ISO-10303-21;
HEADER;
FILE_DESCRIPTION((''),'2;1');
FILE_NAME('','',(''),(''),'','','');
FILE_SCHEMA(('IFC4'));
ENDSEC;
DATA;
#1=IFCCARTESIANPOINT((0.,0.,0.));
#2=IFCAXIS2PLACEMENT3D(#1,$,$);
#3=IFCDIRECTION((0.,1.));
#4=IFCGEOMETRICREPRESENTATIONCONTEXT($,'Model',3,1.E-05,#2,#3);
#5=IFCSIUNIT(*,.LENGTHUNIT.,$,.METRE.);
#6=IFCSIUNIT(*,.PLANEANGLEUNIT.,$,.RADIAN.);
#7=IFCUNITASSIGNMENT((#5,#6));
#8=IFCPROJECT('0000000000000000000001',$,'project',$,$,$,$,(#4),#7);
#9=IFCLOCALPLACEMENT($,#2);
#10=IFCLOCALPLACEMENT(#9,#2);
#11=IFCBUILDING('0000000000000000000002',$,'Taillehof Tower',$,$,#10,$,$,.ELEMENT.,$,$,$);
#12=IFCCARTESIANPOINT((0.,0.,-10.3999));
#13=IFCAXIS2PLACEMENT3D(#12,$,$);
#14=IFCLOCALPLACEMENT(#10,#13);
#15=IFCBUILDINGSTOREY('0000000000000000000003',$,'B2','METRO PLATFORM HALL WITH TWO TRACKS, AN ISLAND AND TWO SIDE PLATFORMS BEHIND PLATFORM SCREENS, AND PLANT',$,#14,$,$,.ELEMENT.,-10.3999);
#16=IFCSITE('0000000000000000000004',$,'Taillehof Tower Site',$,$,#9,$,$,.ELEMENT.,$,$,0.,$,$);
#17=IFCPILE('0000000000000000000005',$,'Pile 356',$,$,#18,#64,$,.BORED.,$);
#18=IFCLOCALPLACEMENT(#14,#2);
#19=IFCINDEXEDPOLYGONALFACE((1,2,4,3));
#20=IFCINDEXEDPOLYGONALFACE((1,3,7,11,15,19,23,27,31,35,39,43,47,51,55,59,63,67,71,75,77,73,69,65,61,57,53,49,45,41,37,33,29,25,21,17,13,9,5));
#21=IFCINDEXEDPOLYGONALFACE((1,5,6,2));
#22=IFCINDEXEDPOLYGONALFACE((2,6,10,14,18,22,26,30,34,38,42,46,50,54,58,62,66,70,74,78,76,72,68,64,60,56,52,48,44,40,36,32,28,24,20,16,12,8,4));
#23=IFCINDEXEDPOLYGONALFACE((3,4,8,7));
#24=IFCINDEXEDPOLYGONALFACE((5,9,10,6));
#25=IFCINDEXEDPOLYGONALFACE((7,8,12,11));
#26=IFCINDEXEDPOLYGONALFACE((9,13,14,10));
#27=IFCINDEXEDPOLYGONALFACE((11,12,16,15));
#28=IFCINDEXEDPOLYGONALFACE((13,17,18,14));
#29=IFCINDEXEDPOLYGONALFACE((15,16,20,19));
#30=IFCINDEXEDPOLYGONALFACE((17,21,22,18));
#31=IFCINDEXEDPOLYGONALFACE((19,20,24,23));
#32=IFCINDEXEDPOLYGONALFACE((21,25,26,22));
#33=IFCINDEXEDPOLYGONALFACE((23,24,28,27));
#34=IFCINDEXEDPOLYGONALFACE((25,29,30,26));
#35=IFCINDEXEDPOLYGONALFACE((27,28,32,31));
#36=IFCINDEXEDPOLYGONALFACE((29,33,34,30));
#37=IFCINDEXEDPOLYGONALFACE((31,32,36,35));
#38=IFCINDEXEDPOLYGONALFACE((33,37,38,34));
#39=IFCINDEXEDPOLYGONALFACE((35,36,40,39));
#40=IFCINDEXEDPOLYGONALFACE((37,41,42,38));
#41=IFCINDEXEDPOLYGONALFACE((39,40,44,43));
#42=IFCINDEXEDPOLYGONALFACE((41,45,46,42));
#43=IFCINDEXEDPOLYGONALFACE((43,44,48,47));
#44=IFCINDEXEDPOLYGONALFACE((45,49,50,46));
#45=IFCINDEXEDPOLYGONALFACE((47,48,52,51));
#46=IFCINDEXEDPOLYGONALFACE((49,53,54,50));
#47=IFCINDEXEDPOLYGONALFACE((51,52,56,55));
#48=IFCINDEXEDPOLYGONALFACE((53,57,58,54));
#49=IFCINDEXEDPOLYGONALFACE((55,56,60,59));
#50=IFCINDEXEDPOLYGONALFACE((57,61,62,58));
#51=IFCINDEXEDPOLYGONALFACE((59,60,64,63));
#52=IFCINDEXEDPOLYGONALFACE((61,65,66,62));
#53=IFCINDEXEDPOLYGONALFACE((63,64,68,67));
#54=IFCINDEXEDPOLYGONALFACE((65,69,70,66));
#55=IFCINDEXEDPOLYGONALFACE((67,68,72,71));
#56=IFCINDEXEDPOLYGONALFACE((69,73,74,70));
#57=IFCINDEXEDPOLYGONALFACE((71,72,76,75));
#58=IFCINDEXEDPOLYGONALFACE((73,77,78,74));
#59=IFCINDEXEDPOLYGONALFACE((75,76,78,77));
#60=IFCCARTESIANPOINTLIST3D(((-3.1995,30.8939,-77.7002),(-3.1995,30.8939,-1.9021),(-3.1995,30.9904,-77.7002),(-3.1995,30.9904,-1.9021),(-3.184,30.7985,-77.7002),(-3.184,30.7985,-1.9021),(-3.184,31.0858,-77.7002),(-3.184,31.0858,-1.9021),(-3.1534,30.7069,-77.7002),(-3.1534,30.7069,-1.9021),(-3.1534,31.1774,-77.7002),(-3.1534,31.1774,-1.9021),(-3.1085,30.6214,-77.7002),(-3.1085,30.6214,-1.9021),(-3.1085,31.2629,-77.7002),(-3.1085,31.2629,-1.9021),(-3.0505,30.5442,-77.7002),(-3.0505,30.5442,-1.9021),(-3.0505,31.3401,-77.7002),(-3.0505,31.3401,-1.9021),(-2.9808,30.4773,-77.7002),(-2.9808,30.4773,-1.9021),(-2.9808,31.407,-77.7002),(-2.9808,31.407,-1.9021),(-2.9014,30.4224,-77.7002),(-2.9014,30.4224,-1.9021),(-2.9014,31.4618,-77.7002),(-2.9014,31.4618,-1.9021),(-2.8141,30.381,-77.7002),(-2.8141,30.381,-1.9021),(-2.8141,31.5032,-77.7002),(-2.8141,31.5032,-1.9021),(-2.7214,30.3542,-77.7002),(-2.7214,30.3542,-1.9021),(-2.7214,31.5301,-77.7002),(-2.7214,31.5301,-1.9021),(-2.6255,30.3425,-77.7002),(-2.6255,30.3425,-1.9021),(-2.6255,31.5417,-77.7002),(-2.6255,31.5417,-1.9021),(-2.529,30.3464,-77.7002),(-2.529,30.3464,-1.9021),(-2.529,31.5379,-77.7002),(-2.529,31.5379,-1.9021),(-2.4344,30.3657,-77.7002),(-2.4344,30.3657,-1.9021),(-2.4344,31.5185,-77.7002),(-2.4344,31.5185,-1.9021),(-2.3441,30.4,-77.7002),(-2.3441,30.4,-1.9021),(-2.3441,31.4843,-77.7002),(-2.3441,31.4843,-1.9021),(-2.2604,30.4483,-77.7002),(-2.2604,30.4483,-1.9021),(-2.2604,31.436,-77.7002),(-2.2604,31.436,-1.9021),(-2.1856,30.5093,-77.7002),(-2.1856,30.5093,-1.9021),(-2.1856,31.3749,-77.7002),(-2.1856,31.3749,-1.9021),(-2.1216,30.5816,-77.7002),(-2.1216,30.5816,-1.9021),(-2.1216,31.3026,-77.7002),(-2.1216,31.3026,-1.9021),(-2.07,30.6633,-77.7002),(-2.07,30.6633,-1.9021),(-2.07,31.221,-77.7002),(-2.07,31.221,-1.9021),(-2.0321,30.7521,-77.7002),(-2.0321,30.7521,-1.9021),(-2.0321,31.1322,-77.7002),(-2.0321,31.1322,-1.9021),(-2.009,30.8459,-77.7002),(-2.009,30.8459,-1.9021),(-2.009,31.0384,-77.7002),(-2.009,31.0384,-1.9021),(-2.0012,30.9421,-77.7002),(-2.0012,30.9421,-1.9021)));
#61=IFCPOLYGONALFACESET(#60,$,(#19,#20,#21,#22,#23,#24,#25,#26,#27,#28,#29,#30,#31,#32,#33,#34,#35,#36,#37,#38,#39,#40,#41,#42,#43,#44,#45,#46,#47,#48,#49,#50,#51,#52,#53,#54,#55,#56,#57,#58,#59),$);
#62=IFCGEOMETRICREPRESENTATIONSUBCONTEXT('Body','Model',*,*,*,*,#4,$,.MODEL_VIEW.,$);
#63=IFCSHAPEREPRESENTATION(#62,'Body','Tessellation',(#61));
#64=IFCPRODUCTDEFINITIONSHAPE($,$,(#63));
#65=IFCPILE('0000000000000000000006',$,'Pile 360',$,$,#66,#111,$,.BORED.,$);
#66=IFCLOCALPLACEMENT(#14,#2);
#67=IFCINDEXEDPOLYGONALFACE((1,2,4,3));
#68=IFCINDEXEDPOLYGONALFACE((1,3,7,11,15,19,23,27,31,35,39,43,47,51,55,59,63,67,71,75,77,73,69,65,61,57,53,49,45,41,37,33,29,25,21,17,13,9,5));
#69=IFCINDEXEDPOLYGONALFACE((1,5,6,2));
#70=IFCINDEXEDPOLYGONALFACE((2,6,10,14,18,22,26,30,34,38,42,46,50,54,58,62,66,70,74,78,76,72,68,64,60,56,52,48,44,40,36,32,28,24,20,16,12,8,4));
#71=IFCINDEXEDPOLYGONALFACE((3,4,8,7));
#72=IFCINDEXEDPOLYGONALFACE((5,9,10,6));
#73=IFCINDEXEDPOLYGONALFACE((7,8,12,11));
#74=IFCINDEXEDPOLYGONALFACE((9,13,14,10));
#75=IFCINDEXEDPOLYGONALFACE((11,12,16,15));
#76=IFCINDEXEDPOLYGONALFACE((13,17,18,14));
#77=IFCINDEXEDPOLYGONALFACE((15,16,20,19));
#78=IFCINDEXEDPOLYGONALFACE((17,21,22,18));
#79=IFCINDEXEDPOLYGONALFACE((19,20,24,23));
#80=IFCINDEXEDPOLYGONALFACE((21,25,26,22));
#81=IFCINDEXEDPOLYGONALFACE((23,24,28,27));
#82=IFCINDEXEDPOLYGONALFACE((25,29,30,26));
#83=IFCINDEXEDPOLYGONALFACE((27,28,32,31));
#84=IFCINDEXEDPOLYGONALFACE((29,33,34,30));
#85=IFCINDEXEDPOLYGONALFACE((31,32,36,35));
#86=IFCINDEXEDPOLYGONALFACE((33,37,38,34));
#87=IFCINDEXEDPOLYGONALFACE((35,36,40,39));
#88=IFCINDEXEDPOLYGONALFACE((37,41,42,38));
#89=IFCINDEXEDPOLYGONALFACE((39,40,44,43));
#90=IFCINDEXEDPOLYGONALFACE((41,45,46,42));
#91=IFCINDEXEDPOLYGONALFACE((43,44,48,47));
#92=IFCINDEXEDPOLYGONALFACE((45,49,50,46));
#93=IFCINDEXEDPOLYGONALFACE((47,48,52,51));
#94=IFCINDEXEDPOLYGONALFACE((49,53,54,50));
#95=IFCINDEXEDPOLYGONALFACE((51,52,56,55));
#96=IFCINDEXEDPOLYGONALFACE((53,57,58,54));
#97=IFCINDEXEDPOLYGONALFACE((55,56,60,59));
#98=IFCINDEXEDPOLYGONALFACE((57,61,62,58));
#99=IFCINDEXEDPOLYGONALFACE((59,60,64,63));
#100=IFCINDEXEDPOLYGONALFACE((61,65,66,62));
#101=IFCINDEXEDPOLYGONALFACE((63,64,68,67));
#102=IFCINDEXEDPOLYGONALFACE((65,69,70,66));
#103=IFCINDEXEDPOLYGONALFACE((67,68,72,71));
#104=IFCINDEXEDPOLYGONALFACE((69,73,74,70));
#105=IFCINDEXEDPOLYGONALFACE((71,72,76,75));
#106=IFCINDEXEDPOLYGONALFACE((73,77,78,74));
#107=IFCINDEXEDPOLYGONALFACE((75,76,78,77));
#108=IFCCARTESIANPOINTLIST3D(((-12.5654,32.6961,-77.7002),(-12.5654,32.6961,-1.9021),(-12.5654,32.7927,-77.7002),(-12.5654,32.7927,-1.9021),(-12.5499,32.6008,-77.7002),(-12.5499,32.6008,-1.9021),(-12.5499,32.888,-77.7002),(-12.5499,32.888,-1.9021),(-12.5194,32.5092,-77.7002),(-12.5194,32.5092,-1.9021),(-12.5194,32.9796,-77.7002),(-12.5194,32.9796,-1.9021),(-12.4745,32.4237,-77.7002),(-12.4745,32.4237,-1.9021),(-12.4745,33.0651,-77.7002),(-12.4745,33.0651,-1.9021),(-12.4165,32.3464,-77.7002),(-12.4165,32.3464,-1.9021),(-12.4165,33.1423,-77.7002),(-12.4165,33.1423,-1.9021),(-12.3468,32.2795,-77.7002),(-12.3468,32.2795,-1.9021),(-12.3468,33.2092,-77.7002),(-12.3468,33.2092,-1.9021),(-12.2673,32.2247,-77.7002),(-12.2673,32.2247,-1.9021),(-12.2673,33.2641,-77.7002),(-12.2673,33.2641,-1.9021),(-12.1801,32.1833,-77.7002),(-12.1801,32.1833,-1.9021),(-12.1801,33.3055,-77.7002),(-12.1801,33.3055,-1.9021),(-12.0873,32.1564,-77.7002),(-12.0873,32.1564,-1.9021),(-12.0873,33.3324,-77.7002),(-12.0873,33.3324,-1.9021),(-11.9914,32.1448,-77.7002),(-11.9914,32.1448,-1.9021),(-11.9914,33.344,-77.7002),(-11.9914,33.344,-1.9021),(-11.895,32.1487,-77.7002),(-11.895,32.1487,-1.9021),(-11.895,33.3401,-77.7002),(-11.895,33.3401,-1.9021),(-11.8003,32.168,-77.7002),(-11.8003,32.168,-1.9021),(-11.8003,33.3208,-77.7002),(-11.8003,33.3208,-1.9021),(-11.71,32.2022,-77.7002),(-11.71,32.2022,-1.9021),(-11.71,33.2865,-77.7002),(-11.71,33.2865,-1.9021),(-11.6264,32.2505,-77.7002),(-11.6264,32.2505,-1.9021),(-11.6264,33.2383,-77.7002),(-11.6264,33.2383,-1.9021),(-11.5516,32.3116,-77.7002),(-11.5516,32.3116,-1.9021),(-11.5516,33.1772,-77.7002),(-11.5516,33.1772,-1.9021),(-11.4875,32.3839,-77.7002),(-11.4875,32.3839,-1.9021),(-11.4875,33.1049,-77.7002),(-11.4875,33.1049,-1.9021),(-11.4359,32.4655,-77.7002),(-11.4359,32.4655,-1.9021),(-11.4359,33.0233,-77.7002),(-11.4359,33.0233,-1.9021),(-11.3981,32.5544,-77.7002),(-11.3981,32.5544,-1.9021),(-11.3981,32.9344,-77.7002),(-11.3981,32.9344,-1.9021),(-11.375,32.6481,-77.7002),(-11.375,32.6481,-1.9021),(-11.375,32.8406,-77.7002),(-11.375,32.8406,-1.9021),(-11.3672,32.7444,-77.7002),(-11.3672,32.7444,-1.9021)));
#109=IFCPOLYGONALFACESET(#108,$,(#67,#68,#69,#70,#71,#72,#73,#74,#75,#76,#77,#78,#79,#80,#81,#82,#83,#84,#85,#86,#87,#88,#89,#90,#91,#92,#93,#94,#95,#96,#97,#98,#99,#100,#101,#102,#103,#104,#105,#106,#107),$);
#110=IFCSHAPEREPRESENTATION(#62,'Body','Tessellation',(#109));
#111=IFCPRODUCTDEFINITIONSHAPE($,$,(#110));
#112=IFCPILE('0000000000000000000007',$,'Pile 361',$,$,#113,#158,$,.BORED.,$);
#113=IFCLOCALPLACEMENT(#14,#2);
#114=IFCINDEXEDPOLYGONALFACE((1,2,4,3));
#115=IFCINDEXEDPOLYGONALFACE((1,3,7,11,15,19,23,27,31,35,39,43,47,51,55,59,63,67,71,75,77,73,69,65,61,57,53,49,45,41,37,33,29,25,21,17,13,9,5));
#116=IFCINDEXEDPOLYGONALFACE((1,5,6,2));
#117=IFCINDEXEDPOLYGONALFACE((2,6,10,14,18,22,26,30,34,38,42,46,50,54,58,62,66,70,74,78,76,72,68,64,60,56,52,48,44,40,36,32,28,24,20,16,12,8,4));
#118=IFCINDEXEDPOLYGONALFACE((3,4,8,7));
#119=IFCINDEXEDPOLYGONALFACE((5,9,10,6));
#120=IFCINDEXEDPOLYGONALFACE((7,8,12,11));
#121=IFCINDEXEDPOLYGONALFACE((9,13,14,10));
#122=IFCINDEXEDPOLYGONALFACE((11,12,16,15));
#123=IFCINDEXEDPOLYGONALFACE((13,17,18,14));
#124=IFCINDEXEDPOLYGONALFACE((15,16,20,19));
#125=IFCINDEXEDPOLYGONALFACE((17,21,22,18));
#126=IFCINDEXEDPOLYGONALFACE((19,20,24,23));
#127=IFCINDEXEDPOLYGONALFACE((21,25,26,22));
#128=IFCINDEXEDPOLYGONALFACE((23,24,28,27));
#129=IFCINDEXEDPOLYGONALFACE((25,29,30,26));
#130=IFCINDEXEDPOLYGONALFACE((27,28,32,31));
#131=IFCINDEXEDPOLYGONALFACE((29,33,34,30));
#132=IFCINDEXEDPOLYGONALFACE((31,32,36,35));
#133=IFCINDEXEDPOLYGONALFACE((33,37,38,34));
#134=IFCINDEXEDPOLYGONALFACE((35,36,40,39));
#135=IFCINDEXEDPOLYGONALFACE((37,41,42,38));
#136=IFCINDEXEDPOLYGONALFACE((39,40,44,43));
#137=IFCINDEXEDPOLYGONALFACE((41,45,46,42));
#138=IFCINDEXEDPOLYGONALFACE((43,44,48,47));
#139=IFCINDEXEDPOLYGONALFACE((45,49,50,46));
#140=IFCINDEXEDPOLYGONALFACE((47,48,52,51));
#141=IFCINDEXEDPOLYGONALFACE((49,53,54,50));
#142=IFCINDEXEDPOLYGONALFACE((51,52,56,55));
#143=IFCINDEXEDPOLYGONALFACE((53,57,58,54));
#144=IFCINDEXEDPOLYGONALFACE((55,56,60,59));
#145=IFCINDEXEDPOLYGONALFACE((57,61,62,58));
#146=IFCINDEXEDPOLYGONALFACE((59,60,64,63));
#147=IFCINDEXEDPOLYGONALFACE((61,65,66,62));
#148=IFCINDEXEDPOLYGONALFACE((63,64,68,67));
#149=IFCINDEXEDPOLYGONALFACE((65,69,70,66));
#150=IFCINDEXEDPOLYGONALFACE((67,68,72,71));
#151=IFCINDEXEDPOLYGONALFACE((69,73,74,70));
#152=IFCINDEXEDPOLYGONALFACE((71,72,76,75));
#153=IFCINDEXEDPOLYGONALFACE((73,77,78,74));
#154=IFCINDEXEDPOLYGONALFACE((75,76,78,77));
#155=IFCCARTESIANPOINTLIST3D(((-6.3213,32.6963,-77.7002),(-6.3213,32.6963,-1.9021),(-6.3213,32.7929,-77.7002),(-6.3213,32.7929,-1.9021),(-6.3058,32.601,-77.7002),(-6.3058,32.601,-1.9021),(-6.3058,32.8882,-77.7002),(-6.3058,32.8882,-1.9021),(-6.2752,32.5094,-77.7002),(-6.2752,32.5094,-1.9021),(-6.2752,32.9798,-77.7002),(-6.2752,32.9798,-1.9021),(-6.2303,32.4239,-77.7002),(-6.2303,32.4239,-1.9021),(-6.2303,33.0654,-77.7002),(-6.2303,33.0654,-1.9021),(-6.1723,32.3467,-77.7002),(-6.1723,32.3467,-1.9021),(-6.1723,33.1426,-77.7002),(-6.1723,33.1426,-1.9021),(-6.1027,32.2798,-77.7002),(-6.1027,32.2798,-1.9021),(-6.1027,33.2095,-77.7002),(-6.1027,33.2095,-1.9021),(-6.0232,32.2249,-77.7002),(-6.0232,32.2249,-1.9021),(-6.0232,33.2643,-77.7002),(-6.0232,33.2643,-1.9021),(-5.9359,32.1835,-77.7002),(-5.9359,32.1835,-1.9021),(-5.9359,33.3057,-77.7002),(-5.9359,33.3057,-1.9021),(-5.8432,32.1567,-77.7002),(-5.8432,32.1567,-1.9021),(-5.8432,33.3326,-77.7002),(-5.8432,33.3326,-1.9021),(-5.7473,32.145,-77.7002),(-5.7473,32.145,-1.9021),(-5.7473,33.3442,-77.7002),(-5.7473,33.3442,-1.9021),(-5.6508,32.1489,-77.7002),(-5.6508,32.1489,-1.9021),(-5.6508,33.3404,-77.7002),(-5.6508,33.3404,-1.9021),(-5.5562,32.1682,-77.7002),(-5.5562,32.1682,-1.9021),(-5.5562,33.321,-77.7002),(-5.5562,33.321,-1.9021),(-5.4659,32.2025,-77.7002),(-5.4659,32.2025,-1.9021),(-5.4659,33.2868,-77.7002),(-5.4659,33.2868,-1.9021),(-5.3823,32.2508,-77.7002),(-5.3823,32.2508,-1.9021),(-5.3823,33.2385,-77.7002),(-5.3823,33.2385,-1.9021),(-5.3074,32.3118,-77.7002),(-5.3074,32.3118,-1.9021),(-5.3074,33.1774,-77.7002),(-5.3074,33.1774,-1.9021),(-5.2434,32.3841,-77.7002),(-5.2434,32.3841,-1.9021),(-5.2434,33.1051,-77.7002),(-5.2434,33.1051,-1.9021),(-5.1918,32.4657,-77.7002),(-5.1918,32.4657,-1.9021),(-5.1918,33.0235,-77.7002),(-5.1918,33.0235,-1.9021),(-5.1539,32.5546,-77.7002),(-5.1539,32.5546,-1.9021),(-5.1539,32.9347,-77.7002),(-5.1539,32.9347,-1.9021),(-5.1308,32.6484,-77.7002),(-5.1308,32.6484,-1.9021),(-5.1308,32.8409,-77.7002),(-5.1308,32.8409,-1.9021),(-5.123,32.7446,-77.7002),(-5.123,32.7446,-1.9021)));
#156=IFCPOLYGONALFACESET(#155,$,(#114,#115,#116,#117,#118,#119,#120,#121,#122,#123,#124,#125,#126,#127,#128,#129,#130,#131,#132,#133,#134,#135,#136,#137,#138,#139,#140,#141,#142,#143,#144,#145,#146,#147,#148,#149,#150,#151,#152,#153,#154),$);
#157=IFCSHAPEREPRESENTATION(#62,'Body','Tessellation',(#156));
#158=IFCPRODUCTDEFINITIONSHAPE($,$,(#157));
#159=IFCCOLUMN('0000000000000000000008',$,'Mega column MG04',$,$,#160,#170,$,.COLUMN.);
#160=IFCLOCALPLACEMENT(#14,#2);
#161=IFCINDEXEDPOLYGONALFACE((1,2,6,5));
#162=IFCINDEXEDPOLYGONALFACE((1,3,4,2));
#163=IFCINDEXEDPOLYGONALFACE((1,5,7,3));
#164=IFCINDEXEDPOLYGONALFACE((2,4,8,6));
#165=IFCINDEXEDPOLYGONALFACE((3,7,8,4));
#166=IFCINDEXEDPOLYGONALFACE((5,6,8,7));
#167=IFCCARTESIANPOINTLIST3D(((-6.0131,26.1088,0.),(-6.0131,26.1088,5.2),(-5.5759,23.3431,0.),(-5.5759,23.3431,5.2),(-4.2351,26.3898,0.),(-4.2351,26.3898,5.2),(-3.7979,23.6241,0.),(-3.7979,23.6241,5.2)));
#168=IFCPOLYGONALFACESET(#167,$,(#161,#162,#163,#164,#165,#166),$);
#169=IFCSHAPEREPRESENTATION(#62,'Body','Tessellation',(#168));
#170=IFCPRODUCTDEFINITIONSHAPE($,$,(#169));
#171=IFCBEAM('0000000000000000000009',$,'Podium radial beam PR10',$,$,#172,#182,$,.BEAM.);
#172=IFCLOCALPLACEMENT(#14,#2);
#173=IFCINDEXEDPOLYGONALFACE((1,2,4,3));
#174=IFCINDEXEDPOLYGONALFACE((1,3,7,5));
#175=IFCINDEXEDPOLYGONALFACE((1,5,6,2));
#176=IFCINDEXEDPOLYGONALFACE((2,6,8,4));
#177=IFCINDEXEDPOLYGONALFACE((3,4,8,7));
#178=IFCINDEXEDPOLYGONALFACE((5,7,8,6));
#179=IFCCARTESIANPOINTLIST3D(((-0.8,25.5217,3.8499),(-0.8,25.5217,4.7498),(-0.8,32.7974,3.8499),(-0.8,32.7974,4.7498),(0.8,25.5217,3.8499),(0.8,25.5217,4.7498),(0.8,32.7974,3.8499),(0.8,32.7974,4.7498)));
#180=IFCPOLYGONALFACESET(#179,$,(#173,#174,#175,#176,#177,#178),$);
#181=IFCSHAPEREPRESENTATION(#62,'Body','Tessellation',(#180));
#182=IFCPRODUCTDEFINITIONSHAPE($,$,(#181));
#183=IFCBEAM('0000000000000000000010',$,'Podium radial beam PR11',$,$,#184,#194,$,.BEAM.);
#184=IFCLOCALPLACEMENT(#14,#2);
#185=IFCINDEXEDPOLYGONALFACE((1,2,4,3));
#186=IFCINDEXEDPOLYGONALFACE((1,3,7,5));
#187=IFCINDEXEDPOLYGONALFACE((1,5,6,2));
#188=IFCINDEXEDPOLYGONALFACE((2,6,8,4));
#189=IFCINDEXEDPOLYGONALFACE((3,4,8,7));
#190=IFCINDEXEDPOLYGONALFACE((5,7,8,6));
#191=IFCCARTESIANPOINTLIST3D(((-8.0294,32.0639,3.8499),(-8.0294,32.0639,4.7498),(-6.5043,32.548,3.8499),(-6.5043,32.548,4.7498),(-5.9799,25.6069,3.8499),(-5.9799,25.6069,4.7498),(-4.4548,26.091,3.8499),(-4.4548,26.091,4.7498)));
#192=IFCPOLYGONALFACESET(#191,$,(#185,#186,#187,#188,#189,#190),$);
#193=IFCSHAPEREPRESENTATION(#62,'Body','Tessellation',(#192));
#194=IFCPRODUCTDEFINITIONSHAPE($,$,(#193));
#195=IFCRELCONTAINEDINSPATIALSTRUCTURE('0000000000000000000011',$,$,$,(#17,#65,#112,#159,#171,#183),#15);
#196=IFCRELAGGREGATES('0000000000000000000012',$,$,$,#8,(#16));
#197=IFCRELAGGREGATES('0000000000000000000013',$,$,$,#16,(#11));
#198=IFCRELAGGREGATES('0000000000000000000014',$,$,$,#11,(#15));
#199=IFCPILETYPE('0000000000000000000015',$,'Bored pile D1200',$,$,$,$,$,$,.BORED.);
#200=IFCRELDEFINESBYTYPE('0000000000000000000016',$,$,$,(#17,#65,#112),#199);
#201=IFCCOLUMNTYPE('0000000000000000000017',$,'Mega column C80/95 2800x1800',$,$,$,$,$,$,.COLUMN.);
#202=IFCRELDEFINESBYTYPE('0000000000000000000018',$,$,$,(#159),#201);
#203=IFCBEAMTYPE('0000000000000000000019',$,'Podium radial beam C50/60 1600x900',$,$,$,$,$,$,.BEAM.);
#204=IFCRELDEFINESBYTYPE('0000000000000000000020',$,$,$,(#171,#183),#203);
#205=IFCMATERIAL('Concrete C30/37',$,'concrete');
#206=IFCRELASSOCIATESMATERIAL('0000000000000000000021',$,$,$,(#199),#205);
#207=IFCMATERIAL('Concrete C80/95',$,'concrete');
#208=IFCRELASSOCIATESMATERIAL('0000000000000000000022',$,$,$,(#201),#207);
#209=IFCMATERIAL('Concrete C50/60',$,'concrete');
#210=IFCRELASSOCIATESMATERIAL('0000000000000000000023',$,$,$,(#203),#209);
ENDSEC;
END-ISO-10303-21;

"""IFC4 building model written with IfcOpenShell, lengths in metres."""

from ifc_helpers import new_model, si_unit, direction, frame, origin, origin_2d, place, context, subcontext, project, spatial, rectangle, circle, extrude, material, material_profile, profile_set, type_object, element, save


model = new_model("IFC4")

# Units and contexts
model_context = context("Model", 3, precision=1e-05, world=origin(), true_north=direction((0.0, 1.0)))
body_context = subcontext(model_context, "Body", "Model", "MODEL_VIEW")
ifc_project = project(units=[si_unit("LENGTHUNIT", "METRE"), si_unit("PLANEANGLEUNIT", "RADIAN")], contexts=[model_context])

# Site, building, storey
site_placement = place(None, origin())
site = spatial("IfcSite", under=ifc_project, at=site_placement, Name="Taillehof Tower Site", CompositionType="ELEMENT", RefElevation=0.0)
building_placement = place(site_placement, origin())
building = spatial("IfcBuilding", under=site, at=building_placement, Name="Taillehof Tower", CompositionType="ELEMENT")
storey_placement = place(building_placement, frame((0.0, 0.0, -10.3999)))
storey = spatial("IfcBuildingStorey", under=building, at=storey_placement, Name="B2", Description="METRO PLATFORM HALL WITH TWO TRACKS, AN ISLAND AND TWO SIDE PLATFORMS BEHIND PLATFORM SCREENS, AND PLANT", CompositionType="ELEMENT", Elevation=-10.3999)

# Piles
ifc_material_1 = material(Name="Concrete C30/37", Category="concrete")
ifc_material_profile_1 = material_profile(ifc_material_1, circle(Radius=0.6001, at=origin_2d()), Name="BP D1200")
ifc_profile_set_1 = profile_set([ifc_material_profile_1], Name="Concrete C30/37")
pile_type = type_object("IfcPileType", Name="Bored pile D1200", PredefinedType="BORED", material=ifc_profile_set_1)
for number, where, z_axis, x_axis, name in (
    (1, (-2.6013, 30.9421, -1.9021), (0.0, 0.0, -1.0), (1.0, 0.0, 0.0), "Pile 356"),
    (2, (-11.9673, 32.7444, -1.9021), (0.0, 0.0, -1.0), (1.0, 0.0, 0.0), "Pile 360"),
    (3, (-5.7231, 32.7446, -1.9021), (0.0, 0.0, -1.0), (1.0, 0.0, 0.0), "Pile 361"),
):
    element("IfcPile", number, at=place(storey_placement, frame(where, z_axis=z_axis, x_axis=x_axis)), inside=storey, type_object=pile_type, Name=name, PredefinedType="BORED", context=body_context, shape_type="SweptSolid", body=[
        extrude(circle(Radius=0.6001, at=origin_2d()), origin(), (0.0, 0.0, 1.0), 75.7981),
    ])

# Column
ifc_material_2 = material(Name="Concrete C80/95", Category="concrete")
ifc_material_profile_2 = material_profile(ifc_material_2, rectangle(XDim=2.8, YDim=1.8, at=origin_2d()), Name="RC 2800x1800")
ifc_profile_set_2 = profile_set([ifc_material_profile_2], Name="Concrete C80/95")
column_type = type_object("IfcColumnType", Name="Mega column C80/95 2800x1800", PredefinedType="COLUMN", material=ifc_profile_set_2)
column_placement = place(storey_placement, frame((-4.9055, 24.8665, 0.0), z_axis=(0.0, 0.0, 1.0), x_axis=(-0.156147, 0.987734, 0.0)))
element("IfcColumn", 4, at=column_placement, inside=storey, type_object=column_type, Name="Mega column MG04", PredefinedType="COLUMN", context=body_context, shape_type="SweptSolid", body=[
    extrude(rectangle(XDim=2.8, YDim=1.8, at=origin_2d()), origin(), (0.0, 0.0, 1.0), 5.2),
])

# Beams
ifc_material_3 = material(Name="Concrete C50/60", Category="concrete")
ifc_material_profile_3 = material_profile(ifc_material_3, rectangle(XDim=1.6001, YDim=0.8999, at=origin_2d()), Name="RC 1600x900")
ifc_profile_set_3 = profile_set([ifc_material_profile_3], Name="Concrete C50/60")
beam_type_1 = type_object("IfcBeamType", Name="Podium radial beam C50/60 1600x900", PredefinedType="BEAM", material=ifc_profile_set_3)
beam_1_placement = place(storey_placement, frame((0.0, 32.7974, 4.2998), z_axis=(0.0, -1.0, 0.0), x_axis=(1.0, 0.0, 0.0)))
element("IfcBeam", 5, at=beam_1_placement, inside=storey, type_object=beam_type_1, Name="Podium radial beam PR10", PredefinedType="BEAM", context=body_context, shape_type="SweptSolid", body=[
    extrude(rectangle(XDim=1.6001, YDim=0.8999, at=origin_2d()), origin(), (0.0, 0.0, 1.0), 7.2756),
])
beam_2_placement = place(storey_placement, frame((-7.2668, 32.3059, 4.2998), z_axis=(0.30254, -0.953137, 0.0), x_axis=(0.953137, 0.30254, 0.0)))
element("IfcBeam", 6, at=beam_2_placement, inside=storey, type_object=beam_type_1, Name="Podium radial beam PR11", PredefinedType="BEAM", context=body_context, shape_type="SweptSolid", body=[
    extrude(rectangle(XDim=1.6001, YDim=0.8999, at=origin_2d()), origin(), (0.0, 0.0, 1.0), 6.7744),
])

save(model, "model.ifc")
